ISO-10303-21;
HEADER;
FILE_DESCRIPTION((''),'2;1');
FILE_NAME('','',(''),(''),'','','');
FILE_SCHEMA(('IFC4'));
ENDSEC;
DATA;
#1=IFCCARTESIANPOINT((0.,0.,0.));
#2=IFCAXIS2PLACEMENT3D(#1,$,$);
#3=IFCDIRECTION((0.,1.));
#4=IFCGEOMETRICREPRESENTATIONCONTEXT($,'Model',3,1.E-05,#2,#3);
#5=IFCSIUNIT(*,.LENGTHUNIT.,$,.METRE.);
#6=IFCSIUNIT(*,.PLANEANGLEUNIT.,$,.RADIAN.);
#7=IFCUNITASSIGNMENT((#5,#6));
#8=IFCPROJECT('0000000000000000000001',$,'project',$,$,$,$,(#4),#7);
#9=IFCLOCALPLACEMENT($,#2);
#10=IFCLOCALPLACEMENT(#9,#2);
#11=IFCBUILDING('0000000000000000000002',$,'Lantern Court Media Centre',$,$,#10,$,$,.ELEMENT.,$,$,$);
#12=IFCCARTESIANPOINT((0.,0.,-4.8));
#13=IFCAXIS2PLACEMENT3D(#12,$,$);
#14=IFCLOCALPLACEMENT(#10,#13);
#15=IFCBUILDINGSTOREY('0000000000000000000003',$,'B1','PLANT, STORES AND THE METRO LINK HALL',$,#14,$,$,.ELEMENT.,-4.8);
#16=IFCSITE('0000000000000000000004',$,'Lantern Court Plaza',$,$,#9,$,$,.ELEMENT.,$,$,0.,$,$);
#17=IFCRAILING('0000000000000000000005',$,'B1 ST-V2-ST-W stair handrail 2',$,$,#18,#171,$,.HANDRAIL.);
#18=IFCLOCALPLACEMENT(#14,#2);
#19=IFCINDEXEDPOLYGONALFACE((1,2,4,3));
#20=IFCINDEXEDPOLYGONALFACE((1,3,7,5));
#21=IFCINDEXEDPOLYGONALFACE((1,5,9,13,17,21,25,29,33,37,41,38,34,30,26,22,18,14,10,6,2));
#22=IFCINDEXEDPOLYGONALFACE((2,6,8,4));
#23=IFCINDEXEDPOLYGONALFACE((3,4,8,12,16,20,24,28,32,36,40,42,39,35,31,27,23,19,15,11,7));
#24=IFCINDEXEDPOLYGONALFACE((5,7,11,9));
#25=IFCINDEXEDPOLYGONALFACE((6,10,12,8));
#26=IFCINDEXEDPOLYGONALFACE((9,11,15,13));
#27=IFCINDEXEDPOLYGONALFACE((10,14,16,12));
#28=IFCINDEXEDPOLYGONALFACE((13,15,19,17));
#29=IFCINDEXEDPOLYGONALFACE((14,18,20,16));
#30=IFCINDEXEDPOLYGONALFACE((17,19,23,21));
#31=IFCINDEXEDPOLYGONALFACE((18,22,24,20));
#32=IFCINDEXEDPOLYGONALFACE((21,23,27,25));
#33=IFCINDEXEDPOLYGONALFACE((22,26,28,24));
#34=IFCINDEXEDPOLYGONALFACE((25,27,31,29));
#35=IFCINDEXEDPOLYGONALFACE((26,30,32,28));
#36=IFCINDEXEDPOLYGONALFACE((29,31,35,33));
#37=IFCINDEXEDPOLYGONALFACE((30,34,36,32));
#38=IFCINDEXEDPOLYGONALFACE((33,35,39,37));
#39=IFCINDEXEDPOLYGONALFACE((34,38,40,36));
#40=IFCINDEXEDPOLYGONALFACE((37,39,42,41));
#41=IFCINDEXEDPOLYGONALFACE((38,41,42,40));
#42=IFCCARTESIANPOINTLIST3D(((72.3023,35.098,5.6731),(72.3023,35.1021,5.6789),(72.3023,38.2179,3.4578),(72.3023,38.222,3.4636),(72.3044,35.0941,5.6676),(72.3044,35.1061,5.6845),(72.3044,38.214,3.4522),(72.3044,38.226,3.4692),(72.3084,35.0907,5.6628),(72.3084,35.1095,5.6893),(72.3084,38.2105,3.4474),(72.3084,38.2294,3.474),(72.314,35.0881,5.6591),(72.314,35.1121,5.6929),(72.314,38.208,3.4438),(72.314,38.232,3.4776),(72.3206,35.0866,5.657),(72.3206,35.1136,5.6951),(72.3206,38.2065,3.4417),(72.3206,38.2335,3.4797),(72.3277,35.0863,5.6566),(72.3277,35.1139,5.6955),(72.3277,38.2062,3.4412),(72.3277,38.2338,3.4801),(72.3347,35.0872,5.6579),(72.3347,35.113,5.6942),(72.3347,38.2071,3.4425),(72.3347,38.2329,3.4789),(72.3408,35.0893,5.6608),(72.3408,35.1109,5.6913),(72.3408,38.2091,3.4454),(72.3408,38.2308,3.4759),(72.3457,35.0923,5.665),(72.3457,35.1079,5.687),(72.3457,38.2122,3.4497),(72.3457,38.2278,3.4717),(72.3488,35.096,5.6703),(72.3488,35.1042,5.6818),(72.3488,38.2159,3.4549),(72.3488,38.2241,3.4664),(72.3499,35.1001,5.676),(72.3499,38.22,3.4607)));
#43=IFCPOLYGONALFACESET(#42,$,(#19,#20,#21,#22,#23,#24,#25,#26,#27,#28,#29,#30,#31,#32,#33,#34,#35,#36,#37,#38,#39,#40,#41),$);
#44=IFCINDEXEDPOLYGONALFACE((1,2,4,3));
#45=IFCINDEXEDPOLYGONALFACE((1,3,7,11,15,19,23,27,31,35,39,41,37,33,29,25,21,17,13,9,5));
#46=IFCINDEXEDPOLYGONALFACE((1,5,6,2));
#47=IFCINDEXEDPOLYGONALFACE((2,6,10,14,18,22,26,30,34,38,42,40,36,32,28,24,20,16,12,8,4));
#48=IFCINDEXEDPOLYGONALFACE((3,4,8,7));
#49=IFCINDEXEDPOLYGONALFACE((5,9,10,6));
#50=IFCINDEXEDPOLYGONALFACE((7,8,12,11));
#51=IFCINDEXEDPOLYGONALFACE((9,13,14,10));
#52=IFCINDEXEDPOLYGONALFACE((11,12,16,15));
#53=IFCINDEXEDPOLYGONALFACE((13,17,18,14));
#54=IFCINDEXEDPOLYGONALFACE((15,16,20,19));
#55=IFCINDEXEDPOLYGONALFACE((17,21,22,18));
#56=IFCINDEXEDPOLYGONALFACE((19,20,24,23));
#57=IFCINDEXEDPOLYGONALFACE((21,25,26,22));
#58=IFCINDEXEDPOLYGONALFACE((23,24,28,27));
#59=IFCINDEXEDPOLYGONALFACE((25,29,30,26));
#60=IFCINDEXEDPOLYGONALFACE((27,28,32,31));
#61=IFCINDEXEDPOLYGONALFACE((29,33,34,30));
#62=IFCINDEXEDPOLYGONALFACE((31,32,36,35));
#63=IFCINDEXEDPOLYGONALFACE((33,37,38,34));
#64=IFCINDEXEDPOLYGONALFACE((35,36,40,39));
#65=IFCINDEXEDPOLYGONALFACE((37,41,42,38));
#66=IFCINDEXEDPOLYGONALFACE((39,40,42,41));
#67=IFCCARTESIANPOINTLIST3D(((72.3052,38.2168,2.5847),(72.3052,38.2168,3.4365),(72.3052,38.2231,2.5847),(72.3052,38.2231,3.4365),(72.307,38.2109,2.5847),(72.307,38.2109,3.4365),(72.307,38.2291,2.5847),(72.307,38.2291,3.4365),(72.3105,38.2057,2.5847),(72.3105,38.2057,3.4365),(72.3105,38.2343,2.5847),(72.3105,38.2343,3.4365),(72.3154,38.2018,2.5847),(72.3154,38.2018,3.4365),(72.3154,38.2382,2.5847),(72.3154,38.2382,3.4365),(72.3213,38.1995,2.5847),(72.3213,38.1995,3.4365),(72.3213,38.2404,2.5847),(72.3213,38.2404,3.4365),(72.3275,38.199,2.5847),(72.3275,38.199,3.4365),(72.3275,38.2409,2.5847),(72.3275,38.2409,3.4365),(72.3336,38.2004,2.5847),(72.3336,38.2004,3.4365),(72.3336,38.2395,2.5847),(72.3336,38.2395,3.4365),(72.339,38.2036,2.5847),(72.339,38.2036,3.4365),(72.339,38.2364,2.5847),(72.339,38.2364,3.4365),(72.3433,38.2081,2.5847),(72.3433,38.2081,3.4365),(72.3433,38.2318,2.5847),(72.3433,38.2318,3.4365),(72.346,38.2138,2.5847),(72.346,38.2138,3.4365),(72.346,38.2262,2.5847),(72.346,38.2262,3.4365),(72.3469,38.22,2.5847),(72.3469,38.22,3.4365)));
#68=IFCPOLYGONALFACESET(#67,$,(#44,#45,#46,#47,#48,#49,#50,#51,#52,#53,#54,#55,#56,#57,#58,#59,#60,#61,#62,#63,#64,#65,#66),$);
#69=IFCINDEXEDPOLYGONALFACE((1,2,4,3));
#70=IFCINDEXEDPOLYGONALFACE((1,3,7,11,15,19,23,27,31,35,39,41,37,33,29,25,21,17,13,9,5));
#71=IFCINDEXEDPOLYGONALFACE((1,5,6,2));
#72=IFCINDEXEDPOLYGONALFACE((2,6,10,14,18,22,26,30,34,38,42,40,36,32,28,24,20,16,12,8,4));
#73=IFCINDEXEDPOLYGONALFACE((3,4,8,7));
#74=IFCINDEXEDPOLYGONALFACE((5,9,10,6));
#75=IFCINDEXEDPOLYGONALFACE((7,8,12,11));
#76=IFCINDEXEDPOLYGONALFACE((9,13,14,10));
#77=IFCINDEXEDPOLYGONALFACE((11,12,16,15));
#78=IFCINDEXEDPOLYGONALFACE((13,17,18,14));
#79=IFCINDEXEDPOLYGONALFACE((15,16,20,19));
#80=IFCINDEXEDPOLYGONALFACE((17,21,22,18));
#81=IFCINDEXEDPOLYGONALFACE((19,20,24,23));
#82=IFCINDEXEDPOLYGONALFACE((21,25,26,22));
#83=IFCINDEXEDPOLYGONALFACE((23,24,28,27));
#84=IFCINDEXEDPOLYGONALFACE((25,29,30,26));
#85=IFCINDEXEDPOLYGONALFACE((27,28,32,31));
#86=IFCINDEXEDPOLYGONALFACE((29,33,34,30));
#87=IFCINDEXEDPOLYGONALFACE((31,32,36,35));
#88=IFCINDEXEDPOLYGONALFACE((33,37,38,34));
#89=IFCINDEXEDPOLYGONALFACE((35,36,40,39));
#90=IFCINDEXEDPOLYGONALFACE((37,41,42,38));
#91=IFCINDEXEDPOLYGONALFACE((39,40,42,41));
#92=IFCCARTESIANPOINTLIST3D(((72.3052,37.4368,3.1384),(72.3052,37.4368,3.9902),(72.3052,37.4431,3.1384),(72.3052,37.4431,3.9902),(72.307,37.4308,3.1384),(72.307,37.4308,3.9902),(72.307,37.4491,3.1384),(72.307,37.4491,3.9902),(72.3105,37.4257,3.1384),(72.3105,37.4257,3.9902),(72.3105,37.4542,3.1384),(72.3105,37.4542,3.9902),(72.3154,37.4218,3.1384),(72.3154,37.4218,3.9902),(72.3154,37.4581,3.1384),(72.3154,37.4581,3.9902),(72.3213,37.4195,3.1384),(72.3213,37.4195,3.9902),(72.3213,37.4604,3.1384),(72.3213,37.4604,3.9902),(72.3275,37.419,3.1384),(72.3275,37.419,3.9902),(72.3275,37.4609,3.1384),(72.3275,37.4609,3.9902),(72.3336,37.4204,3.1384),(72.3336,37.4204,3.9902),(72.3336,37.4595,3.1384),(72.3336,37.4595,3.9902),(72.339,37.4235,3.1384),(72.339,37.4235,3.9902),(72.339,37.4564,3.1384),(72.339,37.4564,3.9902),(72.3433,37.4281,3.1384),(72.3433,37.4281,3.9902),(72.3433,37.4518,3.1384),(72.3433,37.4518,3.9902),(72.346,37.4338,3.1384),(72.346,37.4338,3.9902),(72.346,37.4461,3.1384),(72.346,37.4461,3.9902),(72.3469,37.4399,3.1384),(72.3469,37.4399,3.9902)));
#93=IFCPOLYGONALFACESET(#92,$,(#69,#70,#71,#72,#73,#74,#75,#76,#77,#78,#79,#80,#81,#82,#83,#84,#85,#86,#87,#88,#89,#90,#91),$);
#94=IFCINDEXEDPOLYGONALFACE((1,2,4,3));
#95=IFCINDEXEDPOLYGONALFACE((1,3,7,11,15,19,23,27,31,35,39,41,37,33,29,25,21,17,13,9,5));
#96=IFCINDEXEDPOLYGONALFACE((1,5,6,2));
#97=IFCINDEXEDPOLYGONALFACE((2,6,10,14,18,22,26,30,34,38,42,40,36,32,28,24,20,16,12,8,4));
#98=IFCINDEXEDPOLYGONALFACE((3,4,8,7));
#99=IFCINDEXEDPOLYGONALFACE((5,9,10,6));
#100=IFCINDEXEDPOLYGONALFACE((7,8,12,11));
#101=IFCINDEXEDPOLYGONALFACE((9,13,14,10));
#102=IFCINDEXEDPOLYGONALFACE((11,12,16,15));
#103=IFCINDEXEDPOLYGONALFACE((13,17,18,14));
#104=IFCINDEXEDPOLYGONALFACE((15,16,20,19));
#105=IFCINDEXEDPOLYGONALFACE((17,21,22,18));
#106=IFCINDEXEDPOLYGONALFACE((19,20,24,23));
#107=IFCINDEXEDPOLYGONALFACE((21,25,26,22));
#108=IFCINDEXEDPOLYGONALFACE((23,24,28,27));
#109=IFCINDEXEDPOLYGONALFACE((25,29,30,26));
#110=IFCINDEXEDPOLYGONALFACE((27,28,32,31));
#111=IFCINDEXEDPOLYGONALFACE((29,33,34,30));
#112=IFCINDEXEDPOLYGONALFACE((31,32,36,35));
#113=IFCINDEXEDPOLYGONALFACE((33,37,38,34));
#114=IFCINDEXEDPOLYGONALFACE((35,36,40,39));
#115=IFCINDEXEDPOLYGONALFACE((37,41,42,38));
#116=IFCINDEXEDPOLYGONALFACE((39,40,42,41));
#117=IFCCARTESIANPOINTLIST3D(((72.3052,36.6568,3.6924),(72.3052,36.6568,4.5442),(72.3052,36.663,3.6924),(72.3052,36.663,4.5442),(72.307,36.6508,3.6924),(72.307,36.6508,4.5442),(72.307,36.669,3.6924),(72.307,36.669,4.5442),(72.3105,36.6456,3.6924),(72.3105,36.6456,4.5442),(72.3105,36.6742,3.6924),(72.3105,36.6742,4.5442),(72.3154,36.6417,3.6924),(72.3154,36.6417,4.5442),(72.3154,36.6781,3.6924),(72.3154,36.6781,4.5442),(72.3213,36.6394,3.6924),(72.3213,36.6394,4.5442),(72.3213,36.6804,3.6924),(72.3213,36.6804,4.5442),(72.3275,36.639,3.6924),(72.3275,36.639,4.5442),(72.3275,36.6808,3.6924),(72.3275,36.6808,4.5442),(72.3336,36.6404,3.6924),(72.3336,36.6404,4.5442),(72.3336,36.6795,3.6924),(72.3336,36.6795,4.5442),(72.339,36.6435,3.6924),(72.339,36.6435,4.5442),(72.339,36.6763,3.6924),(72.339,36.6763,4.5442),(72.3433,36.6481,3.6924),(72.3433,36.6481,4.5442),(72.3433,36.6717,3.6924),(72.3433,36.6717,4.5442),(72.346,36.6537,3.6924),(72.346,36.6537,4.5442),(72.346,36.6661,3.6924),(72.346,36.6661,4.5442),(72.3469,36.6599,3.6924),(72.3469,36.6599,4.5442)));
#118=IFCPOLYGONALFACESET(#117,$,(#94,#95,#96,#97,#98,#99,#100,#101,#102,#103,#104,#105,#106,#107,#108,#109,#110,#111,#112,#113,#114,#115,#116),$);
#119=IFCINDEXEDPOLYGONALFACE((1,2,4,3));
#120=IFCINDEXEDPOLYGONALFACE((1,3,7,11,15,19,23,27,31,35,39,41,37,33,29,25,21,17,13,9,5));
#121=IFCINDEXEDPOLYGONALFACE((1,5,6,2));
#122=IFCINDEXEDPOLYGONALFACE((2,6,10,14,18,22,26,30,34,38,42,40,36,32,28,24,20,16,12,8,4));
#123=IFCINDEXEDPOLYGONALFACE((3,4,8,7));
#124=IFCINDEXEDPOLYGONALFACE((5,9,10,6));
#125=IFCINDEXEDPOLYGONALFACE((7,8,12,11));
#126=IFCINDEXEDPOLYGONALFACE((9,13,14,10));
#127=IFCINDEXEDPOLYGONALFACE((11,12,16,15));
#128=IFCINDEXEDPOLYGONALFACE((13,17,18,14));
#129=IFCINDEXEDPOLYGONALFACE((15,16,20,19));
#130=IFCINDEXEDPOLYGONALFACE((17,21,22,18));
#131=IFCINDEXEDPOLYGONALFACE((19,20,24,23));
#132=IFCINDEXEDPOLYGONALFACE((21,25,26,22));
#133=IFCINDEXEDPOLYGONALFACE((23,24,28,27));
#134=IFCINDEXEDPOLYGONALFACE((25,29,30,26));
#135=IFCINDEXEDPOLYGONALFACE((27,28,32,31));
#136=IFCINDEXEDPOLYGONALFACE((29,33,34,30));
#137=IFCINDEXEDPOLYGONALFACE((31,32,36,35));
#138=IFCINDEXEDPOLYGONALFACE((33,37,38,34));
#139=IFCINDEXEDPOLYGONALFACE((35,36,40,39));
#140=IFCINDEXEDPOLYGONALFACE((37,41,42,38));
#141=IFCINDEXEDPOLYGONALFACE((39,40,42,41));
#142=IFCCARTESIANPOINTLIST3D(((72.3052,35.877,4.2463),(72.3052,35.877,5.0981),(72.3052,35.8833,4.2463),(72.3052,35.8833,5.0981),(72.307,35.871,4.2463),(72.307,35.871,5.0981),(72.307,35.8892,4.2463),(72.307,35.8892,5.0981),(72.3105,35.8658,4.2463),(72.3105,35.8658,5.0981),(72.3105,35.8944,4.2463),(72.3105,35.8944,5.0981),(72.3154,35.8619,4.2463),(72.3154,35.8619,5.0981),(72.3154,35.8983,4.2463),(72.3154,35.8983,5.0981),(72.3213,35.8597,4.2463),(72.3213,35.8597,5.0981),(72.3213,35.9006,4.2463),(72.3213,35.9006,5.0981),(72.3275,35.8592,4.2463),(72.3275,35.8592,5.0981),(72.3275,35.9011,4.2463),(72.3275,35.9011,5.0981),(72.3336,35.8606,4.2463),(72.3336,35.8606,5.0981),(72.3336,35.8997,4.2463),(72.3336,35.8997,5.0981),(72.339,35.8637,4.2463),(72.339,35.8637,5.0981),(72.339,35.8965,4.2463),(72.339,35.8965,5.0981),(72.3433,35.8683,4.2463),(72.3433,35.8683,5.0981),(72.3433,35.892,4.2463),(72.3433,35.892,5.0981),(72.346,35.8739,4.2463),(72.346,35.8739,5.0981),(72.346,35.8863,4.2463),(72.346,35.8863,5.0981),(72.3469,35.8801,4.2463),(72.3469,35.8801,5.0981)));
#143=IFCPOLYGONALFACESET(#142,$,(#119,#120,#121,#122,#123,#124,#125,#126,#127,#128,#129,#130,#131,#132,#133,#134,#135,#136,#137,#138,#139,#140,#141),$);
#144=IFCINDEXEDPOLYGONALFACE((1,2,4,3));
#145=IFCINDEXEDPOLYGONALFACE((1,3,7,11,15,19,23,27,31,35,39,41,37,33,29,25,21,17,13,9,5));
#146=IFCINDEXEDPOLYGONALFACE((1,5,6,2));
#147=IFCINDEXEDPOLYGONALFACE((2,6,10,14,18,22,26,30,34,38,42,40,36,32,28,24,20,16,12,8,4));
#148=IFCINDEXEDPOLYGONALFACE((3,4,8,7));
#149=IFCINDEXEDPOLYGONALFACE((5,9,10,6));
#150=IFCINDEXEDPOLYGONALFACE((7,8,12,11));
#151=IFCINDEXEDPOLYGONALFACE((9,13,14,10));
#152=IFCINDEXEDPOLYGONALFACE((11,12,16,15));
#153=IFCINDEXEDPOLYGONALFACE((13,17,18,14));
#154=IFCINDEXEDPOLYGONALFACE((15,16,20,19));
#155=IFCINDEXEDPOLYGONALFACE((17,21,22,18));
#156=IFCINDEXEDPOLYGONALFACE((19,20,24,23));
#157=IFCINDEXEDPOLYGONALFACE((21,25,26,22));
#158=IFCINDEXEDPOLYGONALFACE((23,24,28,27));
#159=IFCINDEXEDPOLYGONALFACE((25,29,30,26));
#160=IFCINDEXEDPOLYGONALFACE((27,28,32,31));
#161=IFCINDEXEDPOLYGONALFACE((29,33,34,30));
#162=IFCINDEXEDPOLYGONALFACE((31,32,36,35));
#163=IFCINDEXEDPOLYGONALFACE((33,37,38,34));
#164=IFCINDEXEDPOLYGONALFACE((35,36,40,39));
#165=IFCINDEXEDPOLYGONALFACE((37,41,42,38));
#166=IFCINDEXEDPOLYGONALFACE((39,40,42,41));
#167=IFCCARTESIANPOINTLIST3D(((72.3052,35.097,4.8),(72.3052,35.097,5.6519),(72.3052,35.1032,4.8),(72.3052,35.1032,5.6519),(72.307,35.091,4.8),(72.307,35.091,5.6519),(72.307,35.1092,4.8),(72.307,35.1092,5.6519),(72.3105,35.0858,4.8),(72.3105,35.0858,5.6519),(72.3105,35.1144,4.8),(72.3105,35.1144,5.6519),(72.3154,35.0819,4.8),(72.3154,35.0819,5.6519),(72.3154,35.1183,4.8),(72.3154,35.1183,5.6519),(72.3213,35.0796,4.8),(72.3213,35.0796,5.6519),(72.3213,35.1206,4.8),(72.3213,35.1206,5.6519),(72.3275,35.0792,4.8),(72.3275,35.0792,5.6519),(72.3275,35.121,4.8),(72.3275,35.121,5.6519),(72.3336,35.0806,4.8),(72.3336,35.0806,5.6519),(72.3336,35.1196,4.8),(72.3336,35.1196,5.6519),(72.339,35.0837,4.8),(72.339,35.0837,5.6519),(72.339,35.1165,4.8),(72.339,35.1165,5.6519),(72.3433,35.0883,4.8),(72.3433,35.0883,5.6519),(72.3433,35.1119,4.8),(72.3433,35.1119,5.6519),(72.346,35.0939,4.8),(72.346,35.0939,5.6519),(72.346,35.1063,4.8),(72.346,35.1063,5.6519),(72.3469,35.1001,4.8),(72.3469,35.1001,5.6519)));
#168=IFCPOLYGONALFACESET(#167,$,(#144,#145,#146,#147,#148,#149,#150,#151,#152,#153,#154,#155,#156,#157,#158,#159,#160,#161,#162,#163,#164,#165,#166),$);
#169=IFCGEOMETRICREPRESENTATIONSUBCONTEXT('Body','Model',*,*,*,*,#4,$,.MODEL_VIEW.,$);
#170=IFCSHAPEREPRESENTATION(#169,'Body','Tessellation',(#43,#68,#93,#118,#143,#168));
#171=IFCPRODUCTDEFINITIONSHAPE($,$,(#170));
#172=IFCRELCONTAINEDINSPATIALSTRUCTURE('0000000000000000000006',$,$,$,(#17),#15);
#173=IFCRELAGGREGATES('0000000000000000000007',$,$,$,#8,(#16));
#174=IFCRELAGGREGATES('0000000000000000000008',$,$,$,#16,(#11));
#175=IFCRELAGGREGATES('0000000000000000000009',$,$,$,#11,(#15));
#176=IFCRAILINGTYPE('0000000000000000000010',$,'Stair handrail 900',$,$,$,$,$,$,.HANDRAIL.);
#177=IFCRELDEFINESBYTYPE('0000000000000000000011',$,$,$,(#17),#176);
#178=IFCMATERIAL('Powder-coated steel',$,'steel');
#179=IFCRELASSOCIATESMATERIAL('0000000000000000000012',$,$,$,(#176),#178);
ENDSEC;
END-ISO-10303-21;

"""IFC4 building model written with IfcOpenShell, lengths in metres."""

from ifc_helpers import new_model, si_unit, direction, frame, origin, origin_2d, place, context, subcontext, project, spatial, circle, extrude, material, type_object, element, save


model = new_model("IFC4")

# Units and contexts
model_context = context("Model", 3, precision=1e-05, world=origin(), true_north=direction((0.0, 1.0)))
body_context = subcontext(model_context, "Body", "Model", "MODEL_VIEW")
ifc_project = project(units=[si_unit("LENGTHUNIT", "METRE"), si_unit("PLANEANGLEUNIT", "RADIAN")], contexts=[model_context])

# Site, building, storey
site_placement = place(None, origin())
site = spatial("IfcSite", under=ifc_project, at=site_placement, Name="Lantern Court Plaza", CompositionType="ELEMENT", RefElevation=0.0)
building_placement = place(site_placement, origin())
building = spatial("IfcBuilding", under=site, at=building_placement, Name="Lantern Court Media Centre", CompositionType="ELEMENT")
storey_placement = place(building_placement, frame((0.0, 0.0, -4.8)))
storey = spatial("IfcBuildingStorey", under=building, at=storey_placement, Name="B1", Description="PLANT, STORES AND THE METRO LINK HALL", CompositionType="ELEMENT", Elevation=-4.8)

# Railing
ifc_material_1 = material(Name="Powder-coated steel", Category="steel")
railing_type_1 = type_object("IfcRailingType", Name="Stair handrail 900", PredefinedType="HANDRAIL", material=ifc_material_1)
railing_1_placement = place(storey_placement, frame((72.3259, 38.22, 2.5847)))
element("IfcRailing", 1, at=railing_1_placement, inside=storey, type_object=railing_type_1, Name="B1 ST-V2-ST-W stair handrail 2", PredefinedType="HANDRAIL", context=body_context, shape_type="SweptSolid", body=[
    extrude(circle(Radius=0.0239, at=origin_2d()), frame((0.0, 0.0, 0.876), z_axis=(0.0, -0.815356, 0.578961), x_axis=(1.0, 0.0, 0.0)), (0.0, 0.0, 1.0), 3.8264),
    extrude(circle(Radius=0.021, at=origin_2d()), origin(), (0.0, 0.0, 1.0), 0.8518),
    extrude(circle(Radius=0.021, at=origin_2d()), frame((0.0, -0.78, 0.5537)), (0.0, 0.0, 1.0), 0.8518),
    extrude(circle(Radius=0.021, at=origin_2d()), frame((0.0, -1.5601, 1.1077)), (0.0, 0.0, 1.0), 0.8518),
    extrude(circle(Radius=0.021, at=origin_2d()), frame((0.0, -2.3398, 1.6616)), (0.0, 0.0, 1.0), 0.8518),
    extrude(circle(Radius=0.021, at=origin_2d()), frame((0.0, -3.1199, 2.2153)), (0.0, 0.0, 1.0), 0.8518),
])

save(model, "model.ifc")
